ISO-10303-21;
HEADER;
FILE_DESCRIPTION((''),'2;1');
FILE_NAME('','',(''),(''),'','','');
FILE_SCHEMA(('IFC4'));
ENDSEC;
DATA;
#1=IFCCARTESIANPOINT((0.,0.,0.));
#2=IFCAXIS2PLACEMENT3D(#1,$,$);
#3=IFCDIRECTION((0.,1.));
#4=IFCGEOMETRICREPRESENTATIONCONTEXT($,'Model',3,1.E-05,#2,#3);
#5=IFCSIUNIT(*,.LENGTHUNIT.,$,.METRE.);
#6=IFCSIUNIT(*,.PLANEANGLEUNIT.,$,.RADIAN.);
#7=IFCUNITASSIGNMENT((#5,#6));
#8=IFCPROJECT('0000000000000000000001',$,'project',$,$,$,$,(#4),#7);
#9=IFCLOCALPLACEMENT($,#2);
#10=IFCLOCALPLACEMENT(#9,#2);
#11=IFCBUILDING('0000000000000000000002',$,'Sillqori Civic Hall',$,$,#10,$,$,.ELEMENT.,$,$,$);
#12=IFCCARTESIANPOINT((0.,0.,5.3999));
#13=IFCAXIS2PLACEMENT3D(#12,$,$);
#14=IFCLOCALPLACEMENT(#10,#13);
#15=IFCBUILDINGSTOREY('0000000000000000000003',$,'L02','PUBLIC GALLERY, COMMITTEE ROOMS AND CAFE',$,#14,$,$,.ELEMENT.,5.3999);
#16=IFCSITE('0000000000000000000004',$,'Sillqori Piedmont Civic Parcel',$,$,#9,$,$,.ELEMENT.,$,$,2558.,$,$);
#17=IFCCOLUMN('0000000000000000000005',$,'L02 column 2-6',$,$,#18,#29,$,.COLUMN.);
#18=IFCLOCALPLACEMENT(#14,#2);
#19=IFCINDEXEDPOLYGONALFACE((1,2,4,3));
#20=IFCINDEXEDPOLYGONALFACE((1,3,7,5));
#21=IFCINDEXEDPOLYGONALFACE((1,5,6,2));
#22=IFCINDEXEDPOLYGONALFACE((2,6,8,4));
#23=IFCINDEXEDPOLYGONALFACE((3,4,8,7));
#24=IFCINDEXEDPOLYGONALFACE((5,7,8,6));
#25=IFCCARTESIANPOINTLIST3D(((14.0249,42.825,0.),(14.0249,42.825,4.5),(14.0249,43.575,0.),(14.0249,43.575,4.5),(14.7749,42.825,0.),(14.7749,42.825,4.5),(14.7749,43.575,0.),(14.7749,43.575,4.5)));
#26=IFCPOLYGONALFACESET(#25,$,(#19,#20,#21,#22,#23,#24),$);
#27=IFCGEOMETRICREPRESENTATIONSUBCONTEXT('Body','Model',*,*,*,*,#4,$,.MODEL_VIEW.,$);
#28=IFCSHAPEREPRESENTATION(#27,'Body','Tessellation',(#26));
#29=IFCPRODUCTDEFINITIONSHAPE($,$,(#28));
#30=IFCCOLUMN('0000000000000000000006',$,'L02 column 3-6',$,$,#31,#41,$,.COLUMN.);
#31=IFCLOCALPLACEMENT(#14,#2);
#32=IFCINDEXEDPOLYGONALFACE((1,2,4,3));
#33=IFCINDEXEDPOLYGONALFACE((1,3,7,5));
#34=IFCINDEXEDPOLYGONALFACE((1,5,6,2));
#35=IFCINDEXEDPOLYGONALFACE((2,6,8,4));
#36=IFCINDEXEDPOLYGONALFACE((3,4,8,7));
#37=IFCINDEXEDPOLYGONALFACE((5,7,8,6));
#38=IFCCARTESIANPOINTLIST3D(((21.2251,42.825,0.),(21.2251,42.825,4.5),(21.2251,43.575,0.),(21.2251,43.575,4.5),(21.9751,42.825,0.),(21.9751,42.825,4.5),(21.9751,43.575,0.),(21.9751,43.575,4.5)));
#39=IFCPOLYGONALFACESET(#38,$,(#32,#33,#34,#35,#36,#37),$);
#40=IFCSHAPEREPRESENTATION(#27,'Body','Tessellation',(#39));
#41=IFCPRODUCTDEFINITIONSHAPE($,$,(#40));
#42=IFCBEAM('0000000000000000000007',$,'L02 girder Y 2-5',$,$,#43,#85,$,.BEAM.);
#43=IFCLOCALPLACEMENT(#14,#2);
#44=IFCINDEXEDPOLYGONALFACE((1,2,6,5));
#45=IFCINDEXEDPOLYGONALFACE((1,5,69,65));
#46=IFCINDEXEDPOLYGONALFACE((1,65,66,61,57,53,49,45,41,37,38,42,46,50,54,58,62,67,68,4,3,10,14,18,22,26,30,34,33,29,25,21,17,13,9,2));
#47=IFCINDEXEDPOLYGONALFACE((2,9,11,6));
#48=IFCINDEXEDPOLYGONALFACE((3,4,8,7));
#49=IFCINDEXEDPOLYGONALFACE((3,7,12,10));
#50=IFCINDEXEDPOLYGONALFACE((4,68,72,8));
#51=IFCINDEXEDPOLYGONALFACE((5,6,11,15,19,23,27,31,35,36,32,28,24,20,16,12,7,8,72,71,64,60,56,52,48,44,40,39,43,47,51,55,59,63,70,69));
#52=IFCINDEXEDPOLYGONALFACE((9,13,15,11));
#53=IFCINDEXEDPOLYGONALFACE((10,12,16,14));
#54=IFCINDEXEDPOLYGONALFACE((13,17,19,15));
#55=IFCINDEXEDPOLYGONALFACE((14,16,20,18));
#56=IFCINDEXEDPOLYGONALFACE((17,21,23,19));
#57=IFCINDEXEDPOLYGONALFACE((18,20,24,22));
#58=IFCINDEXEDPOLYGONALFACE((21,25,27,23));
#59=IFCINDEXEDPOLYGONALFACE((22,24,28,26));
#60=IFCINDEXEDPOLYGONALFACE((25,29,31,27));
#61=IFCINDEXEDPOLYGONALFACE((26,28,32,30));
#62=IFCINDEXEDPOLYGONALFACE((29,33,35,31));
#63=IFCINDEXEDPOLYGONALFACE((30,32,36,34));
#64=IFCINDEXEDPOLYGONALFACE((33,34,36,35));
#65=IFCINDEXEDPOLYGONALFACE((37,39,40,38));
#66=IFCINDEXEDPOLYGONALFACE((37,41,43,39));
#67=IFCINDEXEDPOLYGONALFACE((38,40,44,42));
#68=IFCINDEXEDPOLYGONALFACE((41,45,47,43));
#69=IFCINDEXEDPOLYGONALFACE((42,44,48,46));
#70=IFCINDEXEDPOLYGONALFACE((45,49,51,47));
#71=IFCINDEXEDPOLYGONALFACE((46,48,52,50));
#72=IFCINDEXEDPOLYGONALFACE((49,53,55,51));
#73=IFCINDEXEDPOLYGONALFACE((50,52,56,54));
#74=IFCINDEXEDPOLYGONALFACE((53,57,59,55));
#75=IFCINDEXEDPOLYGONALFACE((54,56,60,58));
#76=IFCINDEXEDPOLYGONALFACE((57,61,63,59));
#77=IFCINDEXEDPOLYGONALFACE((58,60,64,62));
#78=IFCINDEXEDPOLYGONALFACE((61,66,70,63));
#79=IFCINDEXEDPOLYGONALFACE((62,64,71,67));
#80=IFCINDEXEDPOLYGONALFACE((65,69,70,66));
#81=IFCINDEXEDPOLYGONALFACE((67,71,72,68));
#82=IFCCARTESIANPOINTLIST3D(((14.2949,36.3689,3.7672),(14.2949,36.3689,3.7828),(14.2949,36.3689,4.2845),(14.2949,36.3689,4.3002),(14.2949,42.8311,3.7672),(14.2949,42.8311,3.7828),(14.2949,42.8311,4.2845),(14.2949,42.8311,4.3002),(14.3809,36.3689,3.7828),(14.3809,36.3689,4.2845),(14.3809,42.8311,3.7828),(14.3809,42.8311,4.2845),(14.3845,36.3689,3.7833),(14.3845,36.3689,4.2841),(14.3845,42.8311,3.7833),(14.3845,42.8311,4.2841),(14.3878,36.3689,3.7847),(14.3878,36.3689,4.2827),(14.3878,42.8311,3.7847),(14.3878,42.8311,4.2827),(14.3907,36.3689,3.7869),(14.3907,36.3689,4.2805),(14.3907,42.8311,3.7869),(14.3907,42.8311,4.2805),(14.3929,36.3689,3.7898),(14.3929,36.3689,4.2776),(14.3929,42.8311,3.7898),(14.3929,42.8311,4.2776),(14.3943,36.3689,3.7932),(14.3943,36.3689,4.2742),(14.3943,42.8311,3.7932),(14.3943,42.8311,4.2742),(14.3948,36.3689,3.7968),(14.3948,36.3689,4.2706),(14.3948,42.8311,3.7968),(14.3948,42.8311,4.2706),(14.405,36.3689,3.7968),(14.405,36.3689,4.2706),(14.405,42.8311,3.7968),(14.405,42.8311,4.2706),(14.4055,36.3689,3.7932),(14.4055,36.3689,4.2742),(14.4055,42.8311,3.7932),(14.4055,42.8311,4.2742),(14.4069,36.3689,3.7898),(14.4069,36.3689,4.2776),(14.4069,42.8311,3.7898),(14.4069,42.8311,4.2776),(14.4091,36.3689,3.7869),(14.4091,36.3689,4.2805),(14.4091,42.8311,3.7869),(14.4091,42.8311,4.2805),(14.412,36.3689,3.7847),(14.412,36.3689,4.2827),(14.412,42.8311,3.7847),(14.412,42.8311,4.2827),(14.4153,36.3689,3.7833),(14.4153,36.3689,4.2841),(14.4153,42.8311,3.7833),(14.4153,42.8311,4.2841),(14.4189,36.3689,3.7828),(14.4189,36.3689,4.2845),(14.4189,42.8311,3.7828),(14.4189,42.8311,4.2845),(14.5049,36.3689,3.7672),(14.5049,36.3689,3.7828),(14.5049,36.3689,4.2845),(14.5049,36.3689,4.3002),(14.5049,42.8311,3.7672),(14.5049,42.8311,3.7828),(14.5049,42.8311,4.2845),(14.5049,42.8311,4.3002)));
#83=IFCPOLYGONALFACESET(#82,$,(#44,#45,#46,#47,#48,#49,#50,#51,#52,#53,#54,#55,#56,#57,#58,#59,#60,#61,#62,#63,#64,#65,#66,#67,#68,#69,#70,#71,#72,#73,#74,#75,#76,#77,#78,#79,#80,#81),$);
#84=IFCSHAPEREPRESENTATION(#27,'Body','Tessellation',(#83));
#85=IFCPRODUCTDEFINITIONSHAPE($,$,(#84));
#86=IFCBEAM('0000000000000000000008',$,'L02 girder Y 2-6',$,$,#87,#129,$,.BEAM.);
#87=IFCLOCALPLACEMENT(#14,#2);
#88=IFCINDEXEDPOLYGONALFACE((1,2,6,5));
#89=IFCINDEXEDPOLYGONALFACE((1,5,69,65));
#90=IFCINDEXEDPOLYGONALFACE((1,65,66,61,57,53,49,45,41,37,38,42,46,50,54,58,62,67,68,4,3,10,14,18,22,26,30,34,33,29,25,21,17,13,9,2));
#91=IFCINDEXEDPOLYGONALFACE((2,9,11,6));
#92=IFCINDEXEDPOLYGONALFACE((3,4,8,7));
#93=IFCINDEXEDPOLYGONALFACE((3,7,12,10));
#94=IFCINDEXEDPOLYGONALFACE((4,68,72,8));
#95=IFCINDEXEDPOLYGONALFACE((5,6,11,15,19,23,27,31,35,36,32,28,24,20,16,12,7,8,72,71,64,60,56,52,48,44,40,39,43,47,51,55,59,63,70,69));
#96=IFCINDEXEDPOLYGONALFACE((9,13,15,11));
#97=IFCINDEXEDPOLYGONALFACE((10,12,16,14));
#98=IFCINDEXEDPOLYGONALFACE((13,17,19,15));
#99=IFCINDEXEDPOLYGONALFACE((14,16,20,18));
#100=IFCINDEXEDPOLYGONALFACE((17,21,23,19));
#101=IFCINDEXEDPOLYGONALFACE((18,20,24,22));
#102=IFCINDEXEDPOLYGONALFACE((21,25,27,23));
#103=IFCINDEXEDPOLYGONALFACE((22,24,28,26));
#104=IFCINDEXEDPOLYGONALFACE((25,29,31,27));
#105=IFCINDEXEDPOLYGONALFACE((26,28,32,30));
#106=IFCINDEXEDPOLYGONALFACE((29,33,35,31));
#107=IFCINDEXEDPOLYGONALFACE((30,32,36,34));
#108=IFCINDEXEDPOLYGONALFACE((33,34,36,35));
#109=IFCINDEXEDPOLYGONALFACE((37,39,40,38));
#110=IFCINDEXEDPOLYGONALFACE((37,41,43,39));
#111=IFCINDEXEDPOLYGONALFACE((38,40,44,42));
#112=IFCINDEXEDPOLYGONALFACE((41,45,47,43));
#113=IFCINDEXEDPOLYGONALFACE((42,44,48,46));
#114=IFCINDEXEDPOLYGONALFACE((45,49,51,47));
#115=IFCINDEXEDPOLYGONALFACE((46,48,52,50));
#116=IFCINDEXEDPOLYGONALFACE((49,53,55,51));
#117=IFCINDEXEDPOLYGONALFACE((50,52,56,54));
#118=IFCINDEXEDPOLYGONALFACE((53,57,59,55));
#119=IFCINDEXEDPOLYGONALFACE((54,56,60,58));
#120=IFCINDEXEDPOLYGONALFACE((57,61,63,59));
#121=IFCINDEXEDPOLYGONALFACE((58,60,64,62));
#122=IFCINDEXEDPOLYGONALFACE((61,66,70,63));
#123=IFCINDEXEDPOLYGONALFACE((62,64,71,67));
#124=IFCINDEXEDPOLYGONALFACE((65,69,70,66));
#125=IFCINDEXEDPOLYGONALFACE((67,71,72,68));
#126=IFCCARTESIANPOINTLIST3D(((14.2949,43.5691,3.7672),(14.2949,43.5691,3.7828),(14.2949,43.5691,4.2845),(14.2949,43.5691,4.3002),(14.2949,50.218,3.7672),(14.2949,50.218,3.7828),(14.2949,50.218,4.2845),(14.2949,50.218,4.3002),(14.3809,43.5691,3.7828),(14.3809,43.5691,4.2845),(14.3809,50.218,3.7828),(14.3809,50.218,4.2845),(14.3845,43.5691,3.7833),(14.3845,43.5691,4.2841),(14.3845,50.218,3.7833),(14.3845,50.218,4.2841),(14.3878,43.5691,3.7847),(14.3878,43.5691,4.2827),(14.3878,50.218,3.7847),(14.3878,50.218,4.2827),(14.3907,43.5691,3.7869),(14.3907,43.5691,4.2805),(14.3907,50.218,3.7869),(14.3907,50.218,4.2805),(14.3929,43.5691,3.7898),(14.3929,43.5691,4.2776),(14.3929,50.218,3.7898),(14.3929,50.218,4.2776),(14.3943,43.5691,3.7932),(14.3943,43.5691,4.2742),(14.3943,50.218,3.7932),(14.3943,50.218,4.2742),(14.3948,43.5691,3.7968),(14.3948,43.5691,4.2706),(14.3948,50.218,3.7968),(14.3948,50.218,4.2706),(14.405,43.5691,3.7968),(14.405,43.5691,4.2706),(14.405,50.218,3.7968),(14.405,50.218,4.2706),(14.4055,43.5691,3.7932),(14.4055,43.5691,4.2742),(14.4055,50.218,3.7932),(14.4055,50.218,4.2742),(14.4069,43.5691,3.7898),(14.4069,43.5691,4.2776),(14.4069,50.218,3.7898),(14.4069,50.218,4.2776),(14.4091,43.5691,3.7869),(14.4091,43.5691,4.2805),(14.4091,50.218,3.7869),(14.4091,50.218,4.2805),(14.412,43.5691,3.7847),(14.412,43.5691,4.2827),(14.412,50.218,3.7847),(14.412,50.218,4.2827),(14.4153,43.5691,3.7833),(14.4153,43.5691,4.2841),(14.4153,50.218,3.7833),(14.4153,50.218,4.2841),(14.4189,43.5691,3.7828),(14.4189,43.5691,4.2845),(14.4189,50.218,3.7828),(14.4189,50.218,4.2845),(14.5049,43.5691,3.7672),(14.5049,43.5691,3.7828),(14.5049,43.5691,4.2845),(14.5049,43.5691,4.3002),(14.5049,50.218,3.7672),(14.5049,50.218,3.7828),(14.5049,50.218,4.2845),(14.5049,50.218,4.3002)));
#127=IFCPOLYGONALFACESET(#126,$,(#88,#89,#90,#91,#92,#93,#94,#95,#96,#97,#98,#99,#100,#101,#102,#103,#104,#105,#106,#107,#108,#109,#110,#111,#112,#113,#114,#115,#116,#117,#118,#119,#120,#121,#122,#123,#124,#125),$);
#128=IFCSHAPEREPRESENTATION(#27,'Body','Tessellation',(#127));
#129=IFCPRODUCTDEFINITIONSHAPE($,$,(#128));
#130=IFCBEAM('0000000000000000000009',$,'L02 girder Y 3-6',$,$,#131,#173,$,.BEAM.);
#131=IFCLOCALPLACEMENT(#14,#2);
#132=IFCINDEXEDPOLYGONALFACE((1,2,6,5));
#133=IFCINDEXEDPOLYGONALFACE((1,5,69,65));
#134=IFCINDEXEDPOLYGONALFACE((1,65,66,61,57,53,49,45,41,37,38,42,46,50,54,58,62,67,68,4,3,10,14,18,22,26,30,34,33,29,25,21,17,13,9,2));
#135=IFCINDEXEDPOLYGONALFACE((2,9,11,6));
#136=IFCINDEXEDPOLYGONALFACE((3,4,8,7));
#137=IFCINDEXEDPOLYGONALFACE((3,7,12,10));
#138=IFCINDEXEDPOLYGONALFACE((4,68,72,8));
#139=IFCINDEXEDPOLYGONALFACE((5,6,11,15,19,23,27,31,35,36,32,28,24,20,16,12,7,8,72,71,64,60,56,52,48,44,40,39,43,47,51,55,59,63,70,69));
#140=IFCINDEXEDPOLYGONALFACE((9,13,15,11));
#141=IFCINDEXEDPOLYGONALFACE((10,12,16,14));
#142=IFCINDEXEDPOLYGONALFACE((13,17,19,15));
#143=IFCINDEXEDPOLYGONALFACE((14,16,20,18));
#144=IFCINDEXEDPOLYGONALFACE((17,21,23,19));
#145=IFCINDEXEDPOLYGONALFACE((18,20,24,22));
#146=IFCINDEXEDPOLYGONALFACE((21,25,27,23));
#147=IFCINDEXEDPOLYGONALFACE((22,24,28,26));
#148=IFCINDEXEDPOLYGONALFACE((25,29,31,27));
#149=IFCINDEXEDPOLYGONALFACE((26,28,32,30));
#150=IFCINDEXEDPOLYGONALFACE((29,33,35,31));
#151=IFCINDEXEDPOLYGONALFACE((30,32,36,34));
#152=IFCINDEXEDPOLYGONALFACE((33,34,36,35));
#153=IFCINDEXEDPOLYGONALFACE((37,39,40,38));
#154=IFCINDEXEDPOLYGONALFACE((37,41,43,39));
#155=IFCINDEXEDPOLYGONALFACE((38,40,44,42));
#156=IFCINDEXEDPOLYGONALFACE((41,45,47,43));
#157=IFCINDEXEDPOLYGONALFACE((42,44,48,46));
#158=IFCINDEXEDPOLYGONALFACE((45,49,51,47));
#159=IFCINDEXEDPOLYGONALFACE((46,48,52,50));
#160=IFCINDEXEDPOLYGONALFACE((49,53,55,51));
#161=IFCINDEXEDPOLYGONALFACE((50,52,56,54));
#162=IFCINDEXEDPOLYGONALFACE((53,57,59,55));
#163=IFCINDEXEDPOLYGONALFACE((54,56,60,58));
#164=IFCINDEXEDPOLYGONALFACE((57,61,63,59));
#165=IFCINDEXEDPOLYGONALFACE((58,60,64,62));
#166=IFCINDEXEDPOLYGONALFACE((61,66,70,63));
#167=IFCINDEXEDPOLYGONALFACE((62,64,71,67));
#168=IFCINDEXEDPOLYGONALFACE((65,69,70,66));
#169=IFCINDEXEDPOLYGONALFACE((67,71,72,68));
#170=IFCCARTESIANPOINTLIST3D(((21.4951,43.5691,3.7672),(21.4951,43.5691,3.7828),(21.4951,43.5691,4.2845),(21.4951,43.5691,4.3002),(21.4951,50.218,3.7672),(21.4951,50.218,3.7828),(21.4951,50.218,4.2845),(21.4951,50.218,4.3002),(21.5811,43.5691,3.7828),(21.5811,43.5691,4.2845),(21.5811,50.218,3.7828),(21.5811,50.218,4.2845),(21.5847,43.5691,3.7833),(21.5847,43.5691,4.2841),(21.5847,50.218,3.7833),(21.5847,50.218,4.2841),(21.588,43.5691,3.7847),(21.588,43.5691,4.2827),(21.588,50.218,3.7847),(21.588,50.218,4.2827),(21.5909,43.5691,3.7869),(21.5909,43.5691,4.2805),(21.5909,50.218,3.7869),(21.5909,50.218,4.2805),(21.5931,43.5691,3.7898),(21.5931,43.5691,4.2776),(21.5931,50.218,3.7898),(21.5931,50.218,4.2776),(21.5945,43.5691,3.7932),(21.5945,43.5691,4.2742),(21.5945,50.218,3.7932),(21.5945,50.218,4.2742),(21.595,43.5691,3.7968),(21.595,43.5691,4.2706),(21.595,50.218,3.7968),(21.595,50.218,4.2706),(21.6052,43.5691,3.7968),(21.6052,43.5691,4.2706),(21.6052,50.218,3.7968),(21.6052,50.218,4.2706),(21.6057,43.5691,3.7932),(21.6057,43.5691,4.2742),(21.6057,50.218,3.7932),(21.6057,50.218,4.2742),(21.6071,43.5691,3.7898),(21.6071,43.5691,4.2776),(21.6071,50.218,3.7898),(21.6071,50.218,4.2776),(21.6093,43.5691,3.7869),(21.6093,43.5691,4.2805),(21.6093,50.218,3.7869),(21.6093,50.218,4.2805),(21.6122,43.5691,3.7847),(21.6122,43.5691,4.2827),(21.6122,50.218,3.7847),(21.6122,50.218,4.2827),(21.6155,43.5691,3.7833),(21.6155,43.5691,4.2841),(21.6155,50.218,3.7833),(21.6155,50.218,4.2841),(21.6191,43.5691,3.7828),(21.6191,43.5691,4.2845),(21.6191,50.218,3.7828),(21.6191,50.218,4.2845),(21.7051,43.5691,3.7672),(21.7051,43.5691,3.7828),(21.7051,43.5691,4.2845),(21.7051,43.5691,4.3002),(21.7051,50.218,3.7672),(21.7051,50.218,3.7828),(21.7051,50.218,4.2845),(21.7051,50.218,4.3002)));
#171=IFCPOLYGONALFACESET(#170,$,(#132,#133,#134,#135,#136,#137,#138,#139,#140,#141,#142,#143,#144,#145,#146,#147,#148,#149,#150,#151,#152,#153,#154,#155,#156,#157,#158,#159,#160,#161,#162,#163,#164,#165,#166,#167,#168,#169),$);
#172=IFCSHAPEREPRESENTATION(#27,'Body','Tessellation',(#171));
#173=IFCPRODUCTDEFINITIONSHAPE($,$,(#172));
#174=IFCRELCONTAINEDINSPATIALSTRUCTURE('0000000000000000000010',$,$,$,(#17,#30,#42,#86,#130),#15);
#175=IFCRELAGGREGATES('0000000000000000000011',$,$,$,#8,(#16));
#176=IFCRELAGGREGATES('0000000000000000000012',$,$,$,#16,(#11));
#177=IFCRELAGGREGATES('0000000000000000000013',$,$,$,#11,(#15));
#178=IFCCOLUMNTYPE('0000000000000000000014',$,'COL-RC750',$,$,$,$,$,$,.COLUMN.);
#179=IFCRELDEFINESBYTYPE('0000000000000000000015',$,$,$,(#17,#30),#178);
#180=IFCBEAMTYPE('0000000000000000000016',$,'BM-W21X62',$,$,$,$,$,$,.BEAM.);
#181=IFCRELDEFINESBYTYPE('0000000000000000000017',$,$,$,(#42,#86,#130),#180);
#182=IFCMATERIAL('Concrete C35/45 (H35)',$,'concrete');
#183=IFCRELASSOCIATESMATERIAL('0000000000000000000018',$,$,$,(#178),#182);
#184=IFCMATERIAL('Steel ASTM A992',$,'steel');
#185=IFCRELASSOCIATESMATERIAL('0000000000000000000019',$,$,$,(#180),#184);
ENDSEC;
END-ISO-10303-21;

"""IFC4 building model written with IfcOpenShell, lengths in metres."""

from ifc_helpers import new_model, si_unit, direction, frame, origin, origin_2d, place, context, subcontext, project, spatial, rectangle, i_section, extrude, material, material_profile, profile_set, type_object, element, save


model = new_model("IFC4")

# Units and contexts
model_context = context("Model", 3, precision=1e-05, world=origin(), true_north=direction((0.0, 1.0)))
body_context = subcontext(model_context, "Body", "Model", "MODEL_VIEW")
ifc_project = project(units=[si_unit("LENGTHUNIT", "METRE"), si_unit("PLANEANGLEUNIT", "RADIAN")], contexts=[model_context])

# Site, building, storey
site_placement = place(None, origin())
site = spatial("IfcSite", under=ifc_project, at=site_placement, Name="Sillqori Piedmont Civic Parcel", CompositionType="ELEMENT", RefElevation=2558.0)
building_placement = place(site_placement, origin())
building = spatial("IfcBuilding", under=site, at=building_placement, Name="Sillqori Civic Hall", CompositionType="ELEMENT")
storey_placement = place(building_placement, frame((0.0, 0.0, 5.3999)))
storey = spatial("IfcBuildingStorey", under=building, at=storey_placement, Name="L02", Description="PUBLIC GALLERY, COMMITTEE ROOMS AND CAFE", CompositionType="ELEMENT", Elevation=5.3999)

# Columns
ifc_material_1 = material(Name="Concrete C35/45 (H35)", Category="concrete")
ifc_material_profile_1 = material_profile(ifc_material_1, rectangle(XDim=0.75, YDim=0.75, at=origin_2d()), Name="RC 750x750")
ifc_profile_set_1 = profile_set([ifc_material_profile_1], Name="Concrete C35/45 (H35)")
column_type = type_object("IfcColumnType", Name="COL-RC750", PredefinedType="COLUMN", material=ifc_profile_set_1)
for number, where, z_axis, x_axis, name in (
    (1, (14.3999, 43.2, 0.0), (0.0, 0.0, 1.0), (1.0, 0.0, 0.0), "L02 column 2-6"),
    (2, (21.6001, 43.2, 0.0), (0.0, 0.0, 1.0), (1.0, 0.0, 0.0), "L02 column 3-6"),
):
    element("IfcColumn", number, at=place(storey_placement, frame(where, z_axis=z_axis, x_axis=x_axis)), inside=storey, type_object=column_type, Name=name, PredefinedType="COLUMN", context=body_context, shape_type="SweptSolid", body=[
        extrude(rectangle(XDim=0.75, YDim=0.75, at=origin_2d()), origin(), (0.0, 0.0, 1.0), 4.5),
    ])

# Beams
ifc_material_2 = material(Name="Steel ASTM A992", Category="steel")
ifc_material_profile_2 = material_profile(ifc_material_2, i_section(OverallWidth=0.21, OverallDepth=0.533, WebThickness=0.0103, FlangeThickness=0.0156, FilletRadius=0.0139, at=origin_2d()), Name="W21X62")
ifc_profile_set_2 = profile_set([ifc_material_profile_2], Name="Steel ASTM A992")
beam_type_1 = type_object("IfcBeamType", Name="BM-W21X62", PredefinedType="BEAM", material=ifc_profile_set_2)
beam_placement = place(storey_placement, frame((14.3999, 36.3689, 4.0337), z_axis=(0.0, 1.0, 0.0), x_axis=(-1.0, 0.0, 0.0)))
element("IfcBeam", 3, at=beam_placement, inside=storey, type_object=beam_type_1, Name="L02 girder Y 2-5", PredefinedType="BEAM", context=body_context, shape_type="SweptSolid", body=[
    extrude(i_section(OverallWidth=0.21, OverallDepth=0.533, WebThickness=0.0103, FlangeThickness=0.0156, FilletRadius=0.0139, at=origin_2d()), origin(), (0.0, 0.0, 1.0), 6.4622),
])
for number, where, z_axis, x_axis, name in (
    (4, (14.3999, 43.5691, 4.0337), (0.0, 1.0, 0.0), (-1.0, 0.0, 0.0), "L02 girder Y 2-6"),
    (5, (21.6001, 43.5691, 4.0337), (0.0, 1.0, 0.0), (-1.0, 0.0, 0.0), "L02 girder Y 3-6"),
):
    element("IfcBeam", number, at=place(storey_placement, frame(where, z_axis=z_axis, x_axis=x_axis)), inside=storey, type_object=beam_type_1, Name=name, PredefinedType="BEAM", context=body_context, shape_type="SweptSolid", body=[
        extrude(i_section(OverallWidth=0.21, OverallDepth=0.533, WebThickness=0.0103, FlangeThickness=0.0156, FilletRadius=0.0139, at=origin_2d()), origin(), (0.0, 0.0, 1.0), 6.6489),
    ])

save(model, "model.ifc")
